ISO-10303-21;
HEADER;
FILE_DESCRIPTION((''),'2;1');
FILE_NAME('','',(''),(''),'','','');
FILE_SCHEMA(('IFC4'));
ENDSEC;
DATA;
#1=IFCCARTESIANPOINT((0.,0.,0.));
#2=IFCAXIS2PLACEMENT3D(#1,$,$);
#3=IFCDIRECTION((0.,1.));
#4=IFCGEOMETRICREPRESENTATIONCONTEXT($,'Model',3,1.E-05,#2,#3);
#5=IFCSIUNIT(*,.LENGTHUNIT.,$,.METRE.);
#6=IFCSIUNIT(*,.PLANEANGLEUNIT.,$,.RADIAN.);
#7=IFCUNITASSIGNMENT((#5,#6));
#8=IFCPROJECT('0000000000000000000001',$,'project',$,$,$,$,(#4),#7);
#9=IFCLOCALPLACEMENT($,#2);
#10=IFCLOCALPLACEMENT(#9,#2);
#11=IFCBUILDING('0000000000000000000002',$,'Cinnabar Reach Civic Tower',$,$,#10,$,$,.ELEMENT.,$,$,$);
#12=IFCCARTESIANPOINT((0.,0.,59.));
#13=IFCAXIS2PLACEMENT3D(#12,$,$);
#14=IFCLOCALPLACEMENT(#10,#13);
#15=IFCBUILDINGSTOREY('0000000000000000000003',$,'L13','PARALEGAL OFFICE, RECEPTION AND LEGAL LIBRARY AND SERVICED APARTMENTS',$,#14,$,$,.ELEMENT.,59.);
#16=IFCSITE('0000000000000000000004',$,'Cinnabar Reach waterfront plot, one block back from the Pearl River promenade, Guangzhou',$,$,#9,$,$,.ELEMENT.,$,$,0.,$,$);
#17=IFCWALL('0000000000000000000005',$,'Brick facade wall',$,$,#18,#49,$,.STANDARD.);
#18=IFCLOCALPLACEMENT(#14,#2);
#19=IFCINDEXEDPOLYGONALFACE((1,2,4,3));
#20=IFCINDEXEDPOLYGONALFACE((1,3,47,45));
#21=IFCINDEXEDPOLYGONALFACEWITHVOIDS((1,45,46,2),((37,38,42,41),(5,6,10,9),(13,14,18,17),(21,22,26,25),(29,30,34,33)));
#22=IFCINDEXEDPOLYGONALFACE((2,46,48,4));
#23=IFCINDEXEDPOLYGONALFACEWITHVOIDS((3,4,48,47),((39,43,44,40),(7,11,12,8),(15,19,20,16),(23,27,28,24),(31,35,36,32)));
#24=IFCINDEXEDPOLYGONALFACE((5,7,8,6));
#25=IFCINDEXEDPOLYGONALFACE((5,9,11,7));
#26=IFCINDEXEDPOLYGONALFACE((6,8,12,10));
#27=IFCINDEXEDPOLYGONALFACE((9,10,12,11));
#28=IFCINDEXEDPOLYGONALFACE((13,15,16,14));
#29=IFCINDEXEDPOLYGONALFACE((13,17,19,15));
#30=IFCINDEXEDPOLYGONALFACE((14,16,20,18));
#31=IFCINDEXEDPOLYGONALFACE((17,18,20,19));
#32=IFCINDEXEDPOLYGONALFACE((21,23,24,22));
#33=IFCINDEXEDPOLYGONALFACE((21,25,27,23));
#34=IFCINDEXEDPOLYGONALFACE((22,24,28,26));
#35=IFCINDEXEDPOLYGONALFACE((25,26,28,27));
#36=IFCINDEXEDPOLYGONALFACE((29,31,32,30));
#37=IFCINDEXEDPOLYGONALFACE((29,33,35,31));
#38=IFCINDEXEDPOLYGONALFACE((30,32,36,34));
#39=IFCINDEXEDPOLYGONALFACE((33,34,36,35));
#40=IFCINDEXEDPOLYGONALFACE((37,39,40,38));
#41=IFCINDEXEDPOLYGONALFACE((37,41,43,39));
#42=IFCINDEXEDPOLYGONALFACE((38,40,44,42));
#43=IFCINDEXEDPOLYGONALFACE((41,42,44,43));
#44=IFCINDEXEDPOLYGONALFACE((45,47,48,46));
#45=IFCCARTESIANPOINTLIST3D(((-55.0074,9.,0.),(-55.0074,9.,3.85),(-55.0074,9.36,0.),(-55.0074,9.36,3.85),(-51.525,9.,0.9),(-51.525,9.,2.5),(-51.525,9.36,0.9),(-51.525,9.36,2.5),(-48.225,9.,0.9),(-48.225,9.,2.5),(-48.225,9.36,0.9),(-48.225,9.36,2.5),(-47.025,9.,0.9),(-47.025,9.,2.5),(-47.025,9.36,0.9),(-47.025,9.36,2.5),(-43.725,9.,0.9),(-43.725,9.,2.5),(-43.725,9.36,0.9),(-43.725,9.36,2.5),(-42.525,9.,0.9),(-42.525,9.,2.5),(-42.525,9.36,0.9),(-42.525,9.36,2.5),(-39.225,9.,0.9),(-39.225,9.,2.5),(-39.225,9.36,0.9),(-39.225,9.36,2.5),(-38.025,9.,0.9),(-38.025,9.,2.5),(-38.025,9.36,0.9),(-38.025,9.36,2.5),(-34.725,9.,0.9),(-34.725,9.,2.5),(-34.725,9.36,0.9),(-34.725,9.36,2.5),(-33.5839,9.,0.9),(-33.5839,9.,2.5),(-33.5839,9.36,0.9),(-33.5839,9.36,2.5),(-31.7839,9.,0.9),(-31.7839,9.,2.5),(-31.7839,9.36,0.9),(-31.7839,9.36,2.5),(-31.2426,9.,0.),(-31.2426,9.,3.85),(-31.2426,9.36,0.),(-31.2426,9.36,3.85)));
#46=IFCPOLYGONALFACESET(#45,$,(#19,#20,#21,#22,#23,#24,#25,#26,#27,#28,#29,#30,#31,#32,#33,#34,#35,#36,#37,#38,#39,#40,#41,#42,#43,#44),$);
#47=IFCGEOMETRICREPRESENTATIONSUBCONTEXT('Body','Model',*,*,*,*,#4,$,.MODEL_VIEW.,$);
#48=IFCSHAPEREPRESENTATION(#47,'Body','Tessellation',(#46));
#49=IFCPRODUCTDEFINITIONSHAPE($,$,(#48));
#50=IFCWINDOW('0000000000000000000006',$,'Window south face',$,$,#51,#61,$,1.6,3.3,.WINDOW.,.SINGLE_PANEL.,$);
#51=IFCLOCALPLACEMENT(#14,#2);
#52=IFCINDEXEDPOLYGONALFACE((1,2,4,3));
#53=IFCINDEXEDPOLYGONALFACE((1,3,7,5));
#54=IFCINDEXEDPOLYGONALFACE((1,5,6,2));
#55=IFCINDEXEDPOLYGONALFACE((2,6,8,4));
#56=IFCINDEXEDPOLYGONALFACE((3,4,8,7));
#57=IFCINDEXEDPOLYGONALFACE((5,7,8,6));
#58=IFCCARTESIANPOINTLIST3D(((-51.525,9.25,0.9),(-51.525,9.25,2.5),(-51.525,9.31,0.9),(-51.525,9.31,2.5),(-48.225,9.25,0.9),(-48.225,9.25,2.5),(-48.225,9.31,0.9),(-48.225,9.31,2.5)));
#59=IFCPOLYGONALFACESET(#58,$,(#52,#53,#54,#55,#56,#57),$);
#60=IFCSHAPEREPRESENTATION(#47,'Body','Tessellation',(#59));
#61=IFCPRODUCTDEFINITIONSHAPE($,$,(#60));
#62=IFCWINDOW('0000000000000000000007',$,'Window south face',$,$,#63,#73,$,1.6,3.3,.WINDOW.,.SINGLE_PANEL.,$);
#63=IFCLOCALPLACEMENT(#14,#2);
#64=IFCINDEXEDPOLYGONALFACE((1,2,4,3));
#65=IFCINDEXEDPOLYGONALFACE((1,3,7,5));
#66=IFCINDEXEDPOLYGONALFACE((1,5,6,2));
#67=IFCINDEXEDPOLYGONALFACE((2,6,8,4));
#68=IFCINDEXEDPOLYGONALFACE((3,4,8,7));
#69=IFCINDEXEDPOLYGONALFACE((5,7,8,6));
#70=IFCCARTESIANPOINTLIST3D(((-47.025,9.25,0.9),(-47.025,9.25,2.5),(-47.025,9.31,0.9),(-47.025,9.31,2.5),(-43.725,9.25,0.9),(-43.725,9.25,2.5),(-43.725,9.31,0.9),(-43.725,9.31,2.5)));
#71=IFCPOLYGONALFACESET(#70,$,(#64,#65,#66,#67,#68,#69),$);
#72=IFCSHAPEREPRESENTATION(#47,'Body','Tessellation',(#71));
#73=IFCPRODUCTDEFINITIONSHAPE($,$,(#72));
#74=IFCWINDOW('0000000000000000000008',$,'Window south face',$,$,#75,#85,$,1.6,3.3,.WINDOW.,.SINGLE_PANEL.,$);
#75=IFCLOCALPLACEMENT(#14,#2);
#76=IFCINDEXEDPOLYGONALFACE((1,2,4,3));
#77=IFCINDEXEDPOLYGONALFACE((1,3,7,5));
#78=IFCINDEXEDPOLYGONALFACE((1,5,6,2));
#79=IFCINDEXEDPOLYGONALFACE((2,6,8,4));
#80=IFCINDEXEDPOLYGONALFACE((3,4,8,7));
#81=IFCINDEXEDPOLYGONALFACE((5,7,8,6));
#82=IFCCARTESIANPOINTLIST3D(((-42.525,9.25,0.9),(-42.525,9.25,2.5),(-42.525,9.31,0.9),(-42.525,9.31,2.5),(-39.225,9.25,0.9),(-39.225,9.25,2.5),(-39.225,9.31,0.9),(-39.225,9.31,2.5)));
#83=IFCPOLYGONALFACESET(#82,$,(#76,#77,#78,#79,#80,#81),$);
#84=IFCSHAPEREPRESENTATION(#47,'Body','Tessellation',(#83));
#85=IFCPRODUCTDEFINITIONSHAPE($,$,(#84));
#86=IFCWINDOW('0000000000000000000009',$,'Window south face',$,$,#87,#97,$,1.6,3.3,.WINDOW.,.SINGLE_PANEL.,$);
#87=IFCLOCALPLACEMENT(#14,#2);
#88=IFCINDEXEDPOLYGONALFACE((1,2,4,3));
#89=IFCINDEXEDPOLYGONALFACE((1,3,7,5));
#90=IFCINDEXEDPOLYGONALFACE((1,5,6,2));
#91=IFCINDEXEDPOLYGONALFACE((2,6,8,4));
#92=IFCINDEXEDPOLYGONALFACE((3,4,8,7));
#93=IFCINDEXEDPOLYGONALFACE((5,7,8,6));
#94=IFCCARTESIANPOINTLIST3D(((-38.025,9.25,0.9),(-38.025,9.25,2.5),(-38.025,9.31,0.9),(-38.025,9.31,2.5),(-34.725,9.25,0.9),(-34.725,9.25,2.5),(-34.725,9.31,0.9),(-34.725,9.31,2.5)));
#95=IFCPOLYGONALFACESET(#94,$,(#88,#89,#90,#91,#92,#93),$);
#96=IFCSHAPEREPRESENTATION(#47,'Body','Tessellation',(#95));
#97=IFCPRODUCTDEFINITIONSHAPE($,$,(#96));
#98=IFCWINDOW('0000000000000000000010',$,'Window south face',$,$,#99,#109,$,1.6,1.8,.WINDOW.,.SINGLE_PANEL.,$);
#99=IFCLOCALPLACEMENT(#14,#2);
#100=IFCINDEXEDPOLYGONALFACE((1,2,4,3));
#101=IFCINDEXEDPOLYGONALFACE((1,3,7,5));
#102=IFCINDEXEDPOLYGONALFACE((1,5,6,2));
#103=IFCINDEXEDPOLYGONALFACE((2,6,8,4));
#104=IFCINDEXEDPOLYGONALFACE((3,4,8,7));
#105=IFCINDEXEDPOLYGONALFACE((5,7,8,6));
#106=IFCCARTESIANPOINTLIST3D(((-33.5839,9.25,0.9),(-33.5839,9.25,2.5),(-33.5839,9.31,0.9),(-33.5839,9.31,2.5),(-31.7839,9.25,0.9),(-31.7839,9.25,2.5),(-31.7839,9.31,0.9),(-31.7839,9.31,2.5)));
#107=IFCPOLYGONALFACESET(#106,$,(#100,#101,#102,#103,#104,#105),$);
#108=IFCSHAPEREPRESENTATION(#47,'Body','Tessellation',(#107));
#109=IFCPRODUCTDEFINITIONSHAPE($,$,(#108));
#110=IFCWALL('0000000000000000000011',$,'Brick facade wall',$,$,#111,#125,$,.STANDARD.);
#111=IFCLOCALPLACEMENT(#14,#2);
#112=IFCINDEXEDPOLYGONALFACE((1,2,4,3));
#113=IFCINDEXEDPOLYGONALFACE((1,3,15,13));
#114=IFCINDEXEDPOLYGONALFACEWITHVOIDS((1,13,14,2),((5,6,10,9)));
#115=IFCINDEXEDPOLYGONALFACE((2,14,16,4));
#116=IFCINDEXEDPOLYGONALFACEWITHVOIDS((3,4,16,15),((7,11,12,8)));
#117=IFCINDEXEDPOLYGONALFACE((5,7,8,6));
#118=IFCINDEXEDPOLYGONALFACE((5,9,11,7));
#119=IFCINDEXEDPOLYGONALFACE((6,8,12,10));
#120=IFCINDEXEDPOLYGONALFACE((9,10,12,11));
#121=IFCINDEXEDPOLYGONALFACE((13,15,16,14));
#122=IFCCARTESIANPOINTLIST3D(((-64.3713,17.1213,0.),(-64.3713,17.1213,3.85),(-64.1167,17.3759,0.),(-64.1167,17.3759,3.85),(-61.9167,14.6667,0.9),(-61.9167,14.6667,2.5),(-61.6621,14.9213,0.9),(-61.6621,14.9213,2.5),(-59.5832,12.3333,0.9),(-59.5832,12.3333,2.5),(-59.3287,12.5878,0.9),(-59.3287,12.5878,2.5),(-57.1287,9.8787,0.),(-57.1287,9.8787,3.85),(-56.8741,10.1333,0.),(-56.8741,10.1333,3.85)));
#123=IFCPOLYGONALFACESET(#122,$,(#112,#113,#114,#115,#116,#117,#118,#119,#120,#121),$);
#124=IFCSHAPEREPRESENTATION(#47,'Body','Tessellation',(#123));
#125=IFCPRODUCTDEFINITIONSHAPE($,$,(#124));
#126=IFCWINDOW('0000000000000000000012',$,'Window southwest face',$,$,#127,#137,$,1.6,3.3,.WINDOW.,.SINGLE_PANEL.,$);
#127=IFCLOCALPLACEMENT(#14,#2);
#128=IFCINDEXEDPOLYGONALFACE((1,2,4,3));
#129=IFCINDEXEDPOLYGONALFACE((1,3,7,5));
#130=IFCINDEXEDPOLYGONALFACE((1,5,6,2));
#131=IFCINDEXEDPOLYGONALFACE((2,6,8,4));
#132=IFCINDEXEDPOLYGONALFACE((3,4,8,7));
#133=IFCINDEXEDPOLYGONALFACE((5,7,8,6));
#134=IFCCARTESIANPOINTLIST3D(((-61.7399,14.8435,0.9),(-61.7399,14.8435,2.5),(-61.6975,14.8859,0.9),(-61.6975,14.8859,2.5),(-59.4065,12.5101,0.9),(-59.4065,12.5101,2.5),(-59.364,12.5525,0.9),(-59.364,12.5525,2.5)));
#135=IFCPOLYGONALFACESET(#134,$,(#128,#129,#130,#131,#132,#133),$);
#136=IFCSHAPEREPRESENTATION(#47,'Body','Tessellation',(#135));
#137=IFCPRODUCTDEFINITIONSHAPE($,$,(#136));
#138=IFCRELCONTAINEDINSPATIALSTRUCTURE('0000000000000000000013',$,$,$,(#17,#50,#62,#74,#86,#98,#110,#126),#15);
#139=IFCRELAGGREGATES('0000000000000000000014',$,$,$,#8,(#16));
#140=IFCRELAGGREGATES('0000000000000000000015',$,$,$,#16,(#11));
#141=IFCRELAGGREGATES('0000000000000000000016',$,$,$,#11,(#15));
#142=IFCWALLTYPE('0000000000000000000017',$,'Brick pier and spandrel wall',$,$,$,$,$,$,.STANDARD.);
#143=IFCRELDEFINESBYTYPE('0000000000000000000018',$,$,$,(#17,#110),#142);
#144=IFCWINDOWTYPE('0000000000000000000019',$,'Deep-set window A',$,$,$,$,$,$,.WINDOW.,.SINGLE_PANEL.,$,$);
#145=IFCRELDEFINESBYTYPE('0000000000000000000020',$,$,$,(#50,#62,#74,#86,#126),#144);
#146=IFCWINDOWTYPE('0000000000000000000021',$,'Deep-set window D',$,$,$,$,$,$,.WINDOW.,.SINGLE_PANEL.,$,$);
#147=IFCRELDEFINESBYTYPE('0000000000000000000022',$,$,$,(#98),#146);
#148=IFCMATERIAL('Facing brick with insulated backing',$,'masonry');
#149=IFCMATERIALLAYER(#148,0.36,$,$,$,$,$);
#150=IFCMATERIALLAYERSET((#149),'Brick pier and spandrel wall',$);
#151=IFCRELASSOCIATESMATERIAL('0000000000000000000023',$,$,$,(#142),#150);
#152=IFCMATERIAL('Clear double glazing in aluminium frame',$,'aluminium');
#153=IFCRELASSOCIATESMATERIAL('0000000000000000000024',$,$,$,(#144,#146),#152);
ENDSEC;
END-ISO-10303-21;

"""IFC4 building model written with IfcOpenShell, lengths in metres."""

from ifc_helpers import new_model, si_unit, direction, frame, frame_2d, origin, place, context, subcontext, project, spatial, rectangle, extrude, material, layer, layer_set, type_object, element, fill, save


model = new_model("IFC4")

# Units and contexts
model_context = context("Model", 3, precision=1e-05, world=origin(), true_north=direction((0.0, 1.0)))
body_context = subcontext(model_context, "Body", "Model", "MODEL_VIEW")
ifc_project = project(units=[si_unit("LENGTHUNIT", "METRE"), si_unit("PLANEANGLEUNIT", "RADIAN")], contexts=[model_context])

# Site, building, storey
site_placement = place(None, origin())
site = spatial("IfcSite", under=ifc_project, at=site_placement, Name="Cinnabar Reach waterfront plot, one block back from the Pearl River promenade, Guangzhou", CompositionType="ELEMENT", RefElevation=0.0)
building_placement = place(site_placement, origin())
building = spatial("IfcBuilding", under=site, at=building_placement, Name="Cinnabar Reach Civic Tower", CompositionType="ELEMENT")
storey_placement = place(building_placement, frame((0.0, 0.0, 59.0)))
storey = spatial("IfcBuildingStorey", under=building, at=storey_placement, Name="L13", Description="PARALEGAL OFFICE, RECEPTION AND LEGAL LIBRARY AND SERVICED APARTMENTS", CompositionType="ELEMENT", Elevation=59.0)

# Shared definitions
ifc_material_1 = material(Name="Facing brick with insulated backing", Category="masonry")

# Wall, openings, windows
ifc_layer_1 = layer(ifc_material_1, 0.36)
ifc_layer_set_1 = layer_set([ifc_layer_1], Name="Brick pier and spandrel wall")
wall_type_1 = type_object("IfcWallType", Name="Brick pier and spandrel wall", PredefinedType="STANDARD", material=ifc_layer_set_1)
wall_1_placement = place(storey_placement, frame((-55.0074, 9.18, 0.0), z_axis=(0.0, 0.0, 1.0), x_axis=(1.0, 0.0, 0.0)))
wall_1 = element("IfcWall", 1, at=wall_1_placement, inside=storey, type_object=wall_type_1, Name="Brick facade wall", PredefinedType="STANDARD", context=body_context, shape_type="SweptSolid", body=[
    extrude(rectangle(XDim=23.7648, YDim=0.36, at=frame_2d((11.8824, 0.0))), origin(), (0.0, 0.0, 1.0), 3.85),
])
opening_1_placement = place(wall_1_placement, frame((3.4824, 0.0, 0.9)))
opening_1 = element("IfcOpeningElement", 2, at=opening_1_placement, cuts=wall_1, PredefinedType="OPENING", context=body_context, shape_type="SweptSolid", body=[
    extrude(rectangle(XDim=3.3, YDim=1.6, at=frame_2d((1.65, 0.8))), frame((0.0, 0.19, 0.0), z_axis=(0.0, -1.0, 0.0), x_axis=(1.0, 0.0, 0.0)), (0.0, 0.0, 1.0), 0.38),
])
opening_2_placement = place(wall_1_placement, frame((7.9824, 0.0, 0.9)))
opening_2 = element("IfcOpeningElement", 3, at=opening_2_placement, cuts=wall_1, PredefinedType="OPENING", context=body_context, shape_type="SweptSolid", body=[
    extrude(rectangle(XDim=3.3, YDim=1.6, at=frame_2d((1.65, 0.8))), frame((0.0, 0.19, 0.0), z_axis=(0.0, -1.0, 0.0), x_axis=(1.0, 0.0, 0.0)), (0.0, 0.0, 1.0), 0.38),
])
opening_3_placement = place(wall_1_placement, frame((12.4824, 0.0, 0.9)))
opening_3 = element("IfcOpeningElement", 4, at=opening_3_placement, cuts=wall_1, PredefinedType="OPENING", context=body_context, shape_type="SweptSolid", body=[
    extrude(rectangle(XDim=3.3, YDim=1.6, at=frame_2d((1.65, 0.8))), frame((0.0, 0.19, 0.0), z_axis=(0.0, -1.0, 0.0), x_axis=(1.0, 0.0, 0.0)), (0.0, 0.0, 1.0), 0.38),
])
opening_4_placement = place(wall_1_placement, frame((16.9824, 0.0, 0.9)))
opening_4 = element("IfcOpeningElement", 5, at=opening_4_placement, cuts=wall_1, PredefinedType="OPENING", context=body_context, shape_type="SweptSolid", body=[
    extrude(rectangle(XDim=3.3, YDim=1.6, at=frame_2d((1.65, 0.8))), frame((0.0, 0.19, 0.0), z_axis=(0.0, -1.0, 0.0), x_axis=(1.0, 0.0, 0.0)), (0.0, 0.0, 1.0), 0.38),
])
opening_5_placement = place(wall_1_placement, frame((21.4235, 0.0, 0.9)))
opening_5 = element("IfcOpeningElement", 6, at=opening_5_placement, cuts=wall_1, PredefinedType="OPENING", context=body_context, shape_type="SweptSolid", body=[
    extrude(rectangle(XDim=1.8, YDim=1.6, at=frame_2d((0.9, 0.8))), frame((0.0, 0.19, 0.0), z_axis=(0.0, -1.0, 0.0), x_axis=(1.0, 0.0, 0.0)), (0.0, 0.0, 1.0), 0.38),
])
ifc_material_2 = material(Name="Clear double glazing in aluminium frame", Category="aluminium")
window_type_1 = type_object("IfcWindowType", Name="Deep-set window A", PartitioningType="SINGLE_PANEL", PredefinedType="WINDOW", material=ifc_material_2)
window_1_placement = place(opening_1_placement, origin())
window_1 = element("IfcWindow", 7, at=window_1_placement, inside=storey, type_object=window_type_1, Name="Window south face", OverallHeight=1.6, OverallWidth=3.3, PartitioningType="SINGLE_PANEL", PredefinedType="WINDOW", context=body_context, shape_type="SweptSolid", body=[
    extrude(rectangle(XDim=3.3, YDim=1.6, at=frame_2d((1.65, 0.8))), frame((0.0, 0.13, 0.0), z_axis=(0.0, -1.0, 0.0), x_axis=(1.0, 0.0, 0.0)), (0.0, 0.0, 1.0), 0.06),
])
fill(opening_1, window_1)
window_2_placement = place(opening_2_placement, origin())
window_2 = element("IfcWindow", 8, at=window_2_placement, inside=storey, type_object=window_type_1, Name="Window south face", OverallHeight=1.6, OverallWidth=3.3, PartitioningType="SINGLE_PANEL", PredefinedType="WINDOW", context=body_context, shape_type="SweptSolid", body=[
    extrude(rectangle(XDim=3.3, YDim=1.6, at=frame_2d((1.65, 0.8))), frame((0.0, 0.13, 0.0), z_axis=(0.0, -1.0, 0.0), x_axis=(1.0, 0.0, 0.0)), (0.0, 0.0, 1.0), 0.06),
])
fill(opening_2, window_2)
window_3_placement = place(opening_3_placement, origin())
window_3 = element("IfcWindow", 9, at=window_3_placement, inside=storey, type_object=window_type_1, Name="Window south face", OverallHeight=1.6, OverallWidth=3.3, PartitioningType="SINGLE_PANEL", PredefinedType="WINDOW", context=body_context, shape_type="SweptSolid", body=[
    extrude(rectangle(XDim=3.3, YDim=1.6, at=frame_2d((1.65, 0.8))), frame((0.0, 0.13, 0.0), z_axis=(0.0, -1.0, 0.0), x_axis=(1.0, 0.0, 0.0)), (0.0, 0.0, 1.0), 0.06),
])
fill(opening_3, window_3)
window_4_placement = place(opening_4_placement, origin())
window_4 = element("IfcWindow", 10, at=window_4_placement, inside=storey, type_object=window_type_1, Name="Window south face", OverallHeight=1.6, OverallWidth=3.3, PartitioningType="SINGLE_PANEL", PredefinedType="WINDOW", context=body_context, shape_type="SweptSolid", body=[
    extrude(rectangle(XDim=3.3, YDim=1.6, at=frame_2d((1.65, 0.8))), frame((0.0, 0.13, 0.0), z_axis=(0.0, -1.0, 0.0), x_axis=(1.0, 0.0, 0.0)), (0.0, 0.0, 1.0), 0.06),
])
fill(opening_4, window_4)
window_type_2 = type_object("IfcWindowType", Name="Deep-set window D", PartitioningType="SINGLE_PANEL", PredefinedType="WINDOW", material=ifc_material_2)
window_5_placement = place(opening_5_placement, origin())
window_5 = element("IfcWindow", 11, at=window_5_placement, inside=storey, type_object=window_type_2, Name="Window south face", OverallHeight=1.6, OverallWidth=1.8, PartitioningType="SINGLE_PANEL", PredefinedType="WINDOW", context=body_context, shape_type="SweptSolid", body=[
    extrude(rectangle(XDim=1.8, YDim=1.6, at=frame_2d((0.9, 0.8))), frame((0.0, 0.13, 0.0), z_axis=(0.0, -1.0, 0.0), x_axis=(1.0, 0.0, 0.0)), (0.0, 0.0, 1.0), 0.06),
])
fill(opening_5, window_5)

# Wall, opening, window
wall_2_placement = place(storey_placement, frame((-64.244, 17.2486, 0.0), z_axis=(0.0, 0.0, 1.0), x_axis=(0.707107, -0.707107, 0.0)))
wall_2 = element("IfcWall", 12, at=wall_2_placement, inside=storey, type_object=wall_type_1, Name="Brick facade wall", PredefinedType="STANDARD", context=body_context, shape_type="SweptSolid", body=[
    extrude(rectangle(XDim=10.2426, YDim=0.36, at=frame_2d((5.1213, 0.0))), origin(), (0.0, 0.0, 1.0), 3.85),
])
opening_6_placement = place(wall_2_placement, frame((3.4713, 0.0, 0.9)))
opening_6 = element("IfcOpeningElement", 13, at=opening_6_placement, cuts=wall_2, PredefinedType="OPENING", context=body_context, shape_type="SweptSolid", body=[
    extrude(rectangle(XDim=3.3, YDim=1.6, at=frame_2d((1.65, 0.8))), frame((0.0, 0.19, 0.0), z_axis=(0.0, -1.0, 0.0), x_axis=(1.0, 0.0, 0.0)), (0.0, 0.0, 1.0), 0.38),
])
window_6_placement = place(opening_6_placement, origin())
window_6 = element("IfcWindow", 14, at=window_6_placement, inside=storey, type_object=window_type_1, Name="Window southwest face", OverallHeight=1.6, OverallWidth=3.3, PartitioningType="SINGLE_PANEL", PredefinedType="WINDOW", context=body_context, shape_type="SweptSolid", body=[
    extrude(rectangle(XDim=3.3, YDim=1.6, at=frame_2d((1.65, 0.8))), frame((0.0, 0.13, 0.0), z_axis=(0.0, -1.0, 0.0), x_axis=(1.0, 0.0, 0.0)), (0.0, 0.0, 1.0), 0.06),
])
fill(opening_6, window_6)

save(model, "model.ifc")
